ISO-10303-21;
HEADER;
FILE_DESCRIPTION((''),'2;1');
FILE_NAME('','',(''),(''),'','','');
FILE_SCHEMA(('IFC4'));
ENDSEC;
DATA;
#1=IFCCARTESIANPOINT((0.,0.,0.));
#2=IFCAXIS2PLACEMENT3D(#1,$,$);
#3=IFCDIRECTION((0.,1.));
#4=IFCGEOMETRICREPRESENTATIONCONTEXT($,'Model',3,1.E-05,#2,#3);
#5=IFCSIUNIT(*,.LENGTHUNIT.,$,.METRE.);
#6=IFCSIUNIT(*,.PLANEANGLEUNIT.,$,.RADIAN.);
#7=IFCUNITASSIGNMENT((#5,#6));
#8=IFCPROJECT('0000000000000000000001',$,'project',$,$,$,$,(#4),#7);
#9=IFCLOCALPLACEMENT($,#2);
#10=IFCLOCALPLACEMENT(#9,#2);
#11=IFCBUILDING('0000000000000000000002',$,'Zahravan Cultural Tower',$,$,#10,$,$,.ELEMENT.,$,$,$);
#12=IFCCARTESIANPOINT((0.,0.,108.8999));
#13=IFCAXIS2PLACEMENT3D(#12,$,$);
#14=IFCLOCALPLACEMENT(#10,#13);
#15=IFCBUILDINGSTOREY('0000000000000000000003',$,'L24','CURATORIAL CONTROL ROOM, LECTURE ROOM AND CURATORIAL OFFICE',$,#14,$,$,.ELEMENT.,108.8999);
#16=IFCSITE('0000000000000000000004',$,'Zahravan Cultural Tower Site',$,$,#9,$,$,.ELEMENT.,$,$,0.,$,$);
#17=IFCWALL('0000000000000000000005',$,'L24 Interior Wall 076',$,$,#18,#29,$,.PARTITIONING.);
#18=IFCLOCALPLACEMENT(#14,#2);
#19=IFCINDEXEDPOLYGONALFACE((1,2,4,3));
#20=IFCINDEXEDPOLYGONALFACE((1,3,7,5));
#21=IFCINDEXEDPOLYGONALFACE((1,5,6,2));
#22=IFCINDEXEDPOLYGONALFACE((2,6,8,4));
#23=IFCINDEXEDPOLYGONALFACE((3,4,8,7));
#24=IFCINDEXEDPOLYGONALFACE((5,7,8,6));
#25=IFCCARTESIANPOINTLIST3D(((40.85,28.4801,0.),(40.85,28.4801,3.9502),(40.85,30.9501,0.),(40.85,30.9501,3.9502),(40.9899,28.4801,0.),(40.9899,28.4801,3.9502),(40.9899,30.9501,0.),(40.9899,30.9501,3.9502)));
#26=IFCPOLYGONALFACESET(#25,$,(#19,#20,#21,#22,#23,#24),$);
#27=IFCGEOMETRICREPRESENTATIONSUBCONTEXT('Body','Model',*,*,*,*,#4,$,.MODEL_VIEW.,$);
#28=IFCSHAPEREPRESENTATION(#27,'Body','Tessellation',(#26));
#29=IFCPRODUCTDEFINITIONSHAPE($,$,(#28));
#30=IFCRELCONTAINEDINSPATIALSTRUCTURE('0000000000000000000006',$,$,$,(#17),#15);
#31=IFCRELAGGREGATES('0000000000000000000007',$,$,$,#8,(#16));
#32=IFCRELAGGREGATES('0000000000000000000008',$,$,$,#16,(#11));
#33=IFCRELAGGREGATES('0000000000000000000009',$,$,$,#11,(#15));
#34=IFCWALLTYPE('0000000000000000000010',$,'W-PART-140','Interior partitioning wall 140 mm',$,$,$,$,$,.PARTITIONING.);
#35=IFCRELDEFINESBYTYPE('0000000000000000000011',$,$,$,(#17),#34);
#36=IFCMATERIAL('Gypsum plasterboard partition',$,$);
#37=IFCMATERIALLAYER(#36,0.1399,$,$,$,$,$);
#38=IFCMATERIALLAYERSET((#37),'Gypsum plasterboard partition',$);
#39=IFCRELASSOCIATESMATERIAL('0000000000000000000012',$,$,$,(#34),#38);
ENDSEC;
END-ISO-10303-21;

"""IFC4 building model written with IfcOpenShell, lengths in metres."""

from ifc_helpers import new_model, si_unit, direction, frame, frame_2d, origin, place, context, subcontext, project, spatial, rectangle, extrude, source, transform, mapped, material, layer, layer_set, type_object, element, save


model = new_model("IFC4")

# Units and contexts
model_context = context("Model", 3, precision=1e-05, world=origin(), true_north=direction((0.0, 1.0)))
body_context = subcontext(model_context, "Body", "Model", "MODEL_VIEW")
ifc_project = project(units=[si_unit("LENGTHUNIT", "METRE"), si_unit("PLANEANGLEUNIT", "RADIAN")], contexts=[model_context])

# Site, building, storey
site_placement = place(None, origin())
site = spatial("IfcSite", under=ifc_project, at=site_placement, Name="Zahravan Cultural Tower Site", CompositionType="ELEMENT", RefElevation=0.0)
building_placement = place(site_placement, origin())
building = spatial("IfcBuilding", under=site, at=building_placement, Name="Zahravan Cultural Tower", CompositionType="ELEMENT")
storey_placement = place(building_placement, frame((0.0, 0.0, 108.8999)))
storey = spatial("IfcBuildingStorey", under=building, at=storey_placement, Name="L24", Description="CURATORIAL CONTROL ROOM, LECTURE ROOM AND CURATORIAL OFFICE", CompositionType="ELEMENT", Elevation=108.8999)

# Shared definitions
ifc_material_1 = material(Name="Gypsum plasterboard partition")
ifc_layer_1 = layer(ifc_material_1, 0.1399)
ifc_layer_set_1 = layer_set([ifc_layer_1], Name="Gypsum plasterboard partition")
wall_type_1 = type_object("IfcWallType", Name="W-PART-140", Description="Interior partitioning wall 140 mm", PredefinedType="PARTITIONING", material=ifc_layer_set_1)

# Wall
shared_shape_1 = source(origin(), body_context, "Body", "SweptSolid", [
    extrude(rectangle(XDim=2.47, YDim=0.1399, at=frame_2d((1.2349, 0.0))), origin(), (0.0, 0.0, 1.0), 3.9502),
])
wall_1_placement = place(storey_placement, frame((40.9199, 30.95, 0.0), z_axis=(0.0, 0.0, 1.0), x_axis=(0.0, -1.0, 0.0)))
element("IfcWall", 1, at=wall_1_placement, inside=storey, type_object=wall_type_1, Name="L24 Interior Wall 076", PredefinedType="PARTITIONING", context=body_context, shape_type="MappedRepresentation", body=[
    mapped(shared_shape_1, transform((0.0, 0.0, 0.0), x_axis=(1.0, 0.0, 0.0), y_axis=(0.0, 1.0, 0.0), z_axis=(0.0, 0.0, 1.0), scale=1.0)),
])

save(model, "model.ifc")
